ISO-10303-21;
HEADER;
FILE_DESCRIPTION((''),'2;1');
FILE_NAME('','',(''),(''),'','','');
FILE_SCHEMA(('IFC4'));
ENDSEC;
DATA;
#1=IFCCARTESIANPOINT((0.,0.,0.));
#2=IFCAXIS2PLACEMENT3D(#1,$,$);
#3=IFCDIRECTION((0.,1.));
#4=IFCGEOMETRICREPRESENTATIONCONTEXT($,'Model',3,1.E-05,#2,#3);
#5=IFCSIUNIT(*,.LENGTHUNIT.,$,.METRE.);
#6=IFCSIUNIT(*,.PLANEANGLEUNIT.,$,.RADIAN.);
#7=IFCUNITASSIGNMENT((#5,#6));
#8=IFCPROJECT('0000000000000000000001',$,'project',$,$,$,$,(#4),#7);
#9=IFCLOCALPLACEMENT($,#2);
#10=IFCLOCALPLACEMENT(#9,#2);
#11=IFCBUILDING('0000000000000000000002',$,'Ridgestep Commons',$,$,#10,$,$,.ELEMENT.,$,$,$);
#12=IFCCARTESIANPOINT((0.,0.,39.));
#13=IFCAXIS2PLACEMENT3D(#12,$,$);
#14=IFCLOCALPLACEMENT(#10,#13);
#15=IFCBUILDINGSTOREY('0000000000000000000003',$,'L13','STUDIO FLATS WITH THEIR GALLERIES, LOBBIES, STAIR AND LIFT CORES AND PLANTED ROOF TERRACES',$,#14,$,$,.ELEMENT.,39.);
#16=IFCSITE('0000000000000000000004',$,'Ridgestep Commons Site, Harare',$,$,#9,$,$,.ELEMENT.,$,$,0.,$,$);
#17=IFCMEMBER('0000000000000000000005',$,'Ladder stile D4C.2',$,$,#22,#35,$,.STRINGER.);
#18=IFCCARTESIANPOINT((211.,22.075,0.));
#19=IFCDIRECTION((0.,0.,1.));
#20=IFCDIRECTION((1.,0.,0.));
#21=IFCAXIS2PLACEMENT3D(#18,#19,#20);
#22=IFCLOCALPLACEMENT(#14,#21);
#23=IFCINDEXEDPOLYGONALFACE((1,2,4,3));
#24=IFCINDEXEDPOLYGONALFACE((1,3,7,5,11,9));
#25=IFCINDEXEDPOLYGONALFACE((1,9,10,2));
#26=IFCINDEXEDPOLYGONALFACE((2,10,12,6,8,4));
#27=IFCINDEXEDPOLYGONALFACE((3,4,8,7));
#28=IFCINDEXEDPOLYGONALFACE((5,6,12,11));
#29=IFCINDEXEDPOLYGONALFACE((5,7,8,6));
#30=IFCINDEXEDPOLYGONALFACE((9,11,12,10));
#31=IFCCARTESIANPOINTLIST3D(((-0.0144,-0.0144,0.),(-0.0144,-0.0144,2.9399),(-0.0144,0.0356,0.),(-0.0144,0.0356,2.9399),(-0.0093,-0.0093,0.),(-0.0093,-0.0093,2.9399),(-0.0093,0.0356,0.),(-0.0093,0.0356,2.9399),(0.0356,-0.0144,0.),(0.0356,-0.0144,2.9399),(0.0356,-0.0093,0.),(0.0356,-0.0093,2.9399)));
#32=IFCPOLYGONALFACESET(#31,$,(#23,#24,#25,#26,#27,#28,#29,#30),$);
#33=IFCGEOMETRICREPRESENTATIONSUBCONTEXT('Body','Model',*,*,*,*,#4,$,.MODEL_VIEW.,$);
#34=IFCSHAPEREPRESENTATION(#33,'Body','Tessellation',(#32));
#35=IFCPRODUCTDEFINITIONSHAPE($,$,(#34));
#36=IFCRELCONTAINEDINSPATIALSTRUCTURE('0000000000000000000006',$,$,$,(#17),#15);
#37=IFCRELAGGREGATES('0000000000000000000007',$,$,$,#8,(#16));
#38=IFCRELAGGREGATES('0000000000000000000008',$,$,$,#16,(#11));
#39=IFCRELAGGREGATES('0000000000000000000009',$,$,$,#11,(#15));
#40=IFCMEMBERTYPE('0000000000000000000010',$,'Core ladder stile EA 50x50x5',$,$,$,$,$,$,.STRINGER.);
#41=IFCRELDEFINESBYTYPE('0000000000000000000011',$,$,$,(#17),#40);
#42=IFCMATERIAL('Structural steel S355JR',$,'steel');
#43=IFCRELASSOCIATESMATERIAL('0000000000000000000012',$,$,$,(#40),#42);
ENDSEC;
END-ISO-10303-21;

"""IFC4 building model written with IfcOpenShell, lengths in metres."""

from ifc_helpers import new_model, si_unit, direction, frame, origin, place, context, subcontext, project, spatial, polyline, outline, extrude, material, material_profile, profile_set, type_object, element, save


model = new_model("IFC4")

# Units and contexts
model_context = context("Model", 3, precision=1e-05, world=origin(), true_north=direction((0.0, 1.0)))
body_context = subcontext(model_context, "Body", "Model", "MODEL_VIEW")
ifc_project = project(units=[si_unit("LENGTHUNIT", "METRE"), si_unit("PLANEANGLEUNIT", "RADIAN")], contexts=[model_context])

# Site, building, storey
site_placement = place(None, origin())
site = spatial("IfcSite", under=ifc_project, at=site_placement, Name="Ridgestep Commons Site, Harare", CompositionType="ELEMENT", RefElevation=0.0)
building_placement = place(site_placement, origin())
building = spatial("IfcBuilding", under=site, at=building_placement, Name="Ridgestep Commons", CompositionType="ELEMENT")
storey_placement = place(building_placement, frame((0.0, 0.0, 39.0)))
storey = spatial("IfcBuildingStorey", under=building, at=storey_placement, Name="L13", Description="STUDIO FLATS WITH THEIR GALLERIES, LOBBIES, STAIR AND LIFT CORES AND PLANTED ROOF TERRACES", CompositionType="ELEMENT", Elevation=39.0)

# Member
ifc_material_1 = material(Name="Structural steel S355JR", Category="steel")
ifc_material_profile_1 = material_profile(ifc_material_1, outline(polyline([(-0.0144, -0.0144), (0.0356, -0.0144), (0.0356, -0.0093), (-0.0093, -0.0093), (-0.0093, 0.0356), (-0.0144, 0.0356), (-0.0144, -0.0144)])), Name="EA 50x50x5")
ifc_profile_set_1 = profile_set([ifc_material_profile_1], Name="Structural steel S355JR")
member_type_1 = type_object("IfcMemberType", Name="Core ladder stile EA 50x50x5", PredefinedType="STRINGER", material=ifc_profile_set_1)
member_1_placement = place(storey_placement, frame((211.0, 22.075, 0.0), z_axis=(0.0, 0.0, 1.0), x_axis=(1.0, 0.0, 0.0)))
element("IfcMember", 1, at=member_1_placement, inside=storey, type_object=member_type_1, Name="Ladder stile D4C.2", PredefinedType="STRINGER", context=body_context, shape_type="SweptSolid", body=[
    extrude(outline(polyline([(-0.0144, -0.0144), (0.0356, -0.0144), (0.0356, -0.0093), (-0.0093, -0.0093), (-0.0093, 0.0356), (-0.0144, 0.0356), (-0.0144, -0.0144)])), origin(), (0.0, 0.0, 1.0), 2.9399),
])

save(model, "model.ifc")
